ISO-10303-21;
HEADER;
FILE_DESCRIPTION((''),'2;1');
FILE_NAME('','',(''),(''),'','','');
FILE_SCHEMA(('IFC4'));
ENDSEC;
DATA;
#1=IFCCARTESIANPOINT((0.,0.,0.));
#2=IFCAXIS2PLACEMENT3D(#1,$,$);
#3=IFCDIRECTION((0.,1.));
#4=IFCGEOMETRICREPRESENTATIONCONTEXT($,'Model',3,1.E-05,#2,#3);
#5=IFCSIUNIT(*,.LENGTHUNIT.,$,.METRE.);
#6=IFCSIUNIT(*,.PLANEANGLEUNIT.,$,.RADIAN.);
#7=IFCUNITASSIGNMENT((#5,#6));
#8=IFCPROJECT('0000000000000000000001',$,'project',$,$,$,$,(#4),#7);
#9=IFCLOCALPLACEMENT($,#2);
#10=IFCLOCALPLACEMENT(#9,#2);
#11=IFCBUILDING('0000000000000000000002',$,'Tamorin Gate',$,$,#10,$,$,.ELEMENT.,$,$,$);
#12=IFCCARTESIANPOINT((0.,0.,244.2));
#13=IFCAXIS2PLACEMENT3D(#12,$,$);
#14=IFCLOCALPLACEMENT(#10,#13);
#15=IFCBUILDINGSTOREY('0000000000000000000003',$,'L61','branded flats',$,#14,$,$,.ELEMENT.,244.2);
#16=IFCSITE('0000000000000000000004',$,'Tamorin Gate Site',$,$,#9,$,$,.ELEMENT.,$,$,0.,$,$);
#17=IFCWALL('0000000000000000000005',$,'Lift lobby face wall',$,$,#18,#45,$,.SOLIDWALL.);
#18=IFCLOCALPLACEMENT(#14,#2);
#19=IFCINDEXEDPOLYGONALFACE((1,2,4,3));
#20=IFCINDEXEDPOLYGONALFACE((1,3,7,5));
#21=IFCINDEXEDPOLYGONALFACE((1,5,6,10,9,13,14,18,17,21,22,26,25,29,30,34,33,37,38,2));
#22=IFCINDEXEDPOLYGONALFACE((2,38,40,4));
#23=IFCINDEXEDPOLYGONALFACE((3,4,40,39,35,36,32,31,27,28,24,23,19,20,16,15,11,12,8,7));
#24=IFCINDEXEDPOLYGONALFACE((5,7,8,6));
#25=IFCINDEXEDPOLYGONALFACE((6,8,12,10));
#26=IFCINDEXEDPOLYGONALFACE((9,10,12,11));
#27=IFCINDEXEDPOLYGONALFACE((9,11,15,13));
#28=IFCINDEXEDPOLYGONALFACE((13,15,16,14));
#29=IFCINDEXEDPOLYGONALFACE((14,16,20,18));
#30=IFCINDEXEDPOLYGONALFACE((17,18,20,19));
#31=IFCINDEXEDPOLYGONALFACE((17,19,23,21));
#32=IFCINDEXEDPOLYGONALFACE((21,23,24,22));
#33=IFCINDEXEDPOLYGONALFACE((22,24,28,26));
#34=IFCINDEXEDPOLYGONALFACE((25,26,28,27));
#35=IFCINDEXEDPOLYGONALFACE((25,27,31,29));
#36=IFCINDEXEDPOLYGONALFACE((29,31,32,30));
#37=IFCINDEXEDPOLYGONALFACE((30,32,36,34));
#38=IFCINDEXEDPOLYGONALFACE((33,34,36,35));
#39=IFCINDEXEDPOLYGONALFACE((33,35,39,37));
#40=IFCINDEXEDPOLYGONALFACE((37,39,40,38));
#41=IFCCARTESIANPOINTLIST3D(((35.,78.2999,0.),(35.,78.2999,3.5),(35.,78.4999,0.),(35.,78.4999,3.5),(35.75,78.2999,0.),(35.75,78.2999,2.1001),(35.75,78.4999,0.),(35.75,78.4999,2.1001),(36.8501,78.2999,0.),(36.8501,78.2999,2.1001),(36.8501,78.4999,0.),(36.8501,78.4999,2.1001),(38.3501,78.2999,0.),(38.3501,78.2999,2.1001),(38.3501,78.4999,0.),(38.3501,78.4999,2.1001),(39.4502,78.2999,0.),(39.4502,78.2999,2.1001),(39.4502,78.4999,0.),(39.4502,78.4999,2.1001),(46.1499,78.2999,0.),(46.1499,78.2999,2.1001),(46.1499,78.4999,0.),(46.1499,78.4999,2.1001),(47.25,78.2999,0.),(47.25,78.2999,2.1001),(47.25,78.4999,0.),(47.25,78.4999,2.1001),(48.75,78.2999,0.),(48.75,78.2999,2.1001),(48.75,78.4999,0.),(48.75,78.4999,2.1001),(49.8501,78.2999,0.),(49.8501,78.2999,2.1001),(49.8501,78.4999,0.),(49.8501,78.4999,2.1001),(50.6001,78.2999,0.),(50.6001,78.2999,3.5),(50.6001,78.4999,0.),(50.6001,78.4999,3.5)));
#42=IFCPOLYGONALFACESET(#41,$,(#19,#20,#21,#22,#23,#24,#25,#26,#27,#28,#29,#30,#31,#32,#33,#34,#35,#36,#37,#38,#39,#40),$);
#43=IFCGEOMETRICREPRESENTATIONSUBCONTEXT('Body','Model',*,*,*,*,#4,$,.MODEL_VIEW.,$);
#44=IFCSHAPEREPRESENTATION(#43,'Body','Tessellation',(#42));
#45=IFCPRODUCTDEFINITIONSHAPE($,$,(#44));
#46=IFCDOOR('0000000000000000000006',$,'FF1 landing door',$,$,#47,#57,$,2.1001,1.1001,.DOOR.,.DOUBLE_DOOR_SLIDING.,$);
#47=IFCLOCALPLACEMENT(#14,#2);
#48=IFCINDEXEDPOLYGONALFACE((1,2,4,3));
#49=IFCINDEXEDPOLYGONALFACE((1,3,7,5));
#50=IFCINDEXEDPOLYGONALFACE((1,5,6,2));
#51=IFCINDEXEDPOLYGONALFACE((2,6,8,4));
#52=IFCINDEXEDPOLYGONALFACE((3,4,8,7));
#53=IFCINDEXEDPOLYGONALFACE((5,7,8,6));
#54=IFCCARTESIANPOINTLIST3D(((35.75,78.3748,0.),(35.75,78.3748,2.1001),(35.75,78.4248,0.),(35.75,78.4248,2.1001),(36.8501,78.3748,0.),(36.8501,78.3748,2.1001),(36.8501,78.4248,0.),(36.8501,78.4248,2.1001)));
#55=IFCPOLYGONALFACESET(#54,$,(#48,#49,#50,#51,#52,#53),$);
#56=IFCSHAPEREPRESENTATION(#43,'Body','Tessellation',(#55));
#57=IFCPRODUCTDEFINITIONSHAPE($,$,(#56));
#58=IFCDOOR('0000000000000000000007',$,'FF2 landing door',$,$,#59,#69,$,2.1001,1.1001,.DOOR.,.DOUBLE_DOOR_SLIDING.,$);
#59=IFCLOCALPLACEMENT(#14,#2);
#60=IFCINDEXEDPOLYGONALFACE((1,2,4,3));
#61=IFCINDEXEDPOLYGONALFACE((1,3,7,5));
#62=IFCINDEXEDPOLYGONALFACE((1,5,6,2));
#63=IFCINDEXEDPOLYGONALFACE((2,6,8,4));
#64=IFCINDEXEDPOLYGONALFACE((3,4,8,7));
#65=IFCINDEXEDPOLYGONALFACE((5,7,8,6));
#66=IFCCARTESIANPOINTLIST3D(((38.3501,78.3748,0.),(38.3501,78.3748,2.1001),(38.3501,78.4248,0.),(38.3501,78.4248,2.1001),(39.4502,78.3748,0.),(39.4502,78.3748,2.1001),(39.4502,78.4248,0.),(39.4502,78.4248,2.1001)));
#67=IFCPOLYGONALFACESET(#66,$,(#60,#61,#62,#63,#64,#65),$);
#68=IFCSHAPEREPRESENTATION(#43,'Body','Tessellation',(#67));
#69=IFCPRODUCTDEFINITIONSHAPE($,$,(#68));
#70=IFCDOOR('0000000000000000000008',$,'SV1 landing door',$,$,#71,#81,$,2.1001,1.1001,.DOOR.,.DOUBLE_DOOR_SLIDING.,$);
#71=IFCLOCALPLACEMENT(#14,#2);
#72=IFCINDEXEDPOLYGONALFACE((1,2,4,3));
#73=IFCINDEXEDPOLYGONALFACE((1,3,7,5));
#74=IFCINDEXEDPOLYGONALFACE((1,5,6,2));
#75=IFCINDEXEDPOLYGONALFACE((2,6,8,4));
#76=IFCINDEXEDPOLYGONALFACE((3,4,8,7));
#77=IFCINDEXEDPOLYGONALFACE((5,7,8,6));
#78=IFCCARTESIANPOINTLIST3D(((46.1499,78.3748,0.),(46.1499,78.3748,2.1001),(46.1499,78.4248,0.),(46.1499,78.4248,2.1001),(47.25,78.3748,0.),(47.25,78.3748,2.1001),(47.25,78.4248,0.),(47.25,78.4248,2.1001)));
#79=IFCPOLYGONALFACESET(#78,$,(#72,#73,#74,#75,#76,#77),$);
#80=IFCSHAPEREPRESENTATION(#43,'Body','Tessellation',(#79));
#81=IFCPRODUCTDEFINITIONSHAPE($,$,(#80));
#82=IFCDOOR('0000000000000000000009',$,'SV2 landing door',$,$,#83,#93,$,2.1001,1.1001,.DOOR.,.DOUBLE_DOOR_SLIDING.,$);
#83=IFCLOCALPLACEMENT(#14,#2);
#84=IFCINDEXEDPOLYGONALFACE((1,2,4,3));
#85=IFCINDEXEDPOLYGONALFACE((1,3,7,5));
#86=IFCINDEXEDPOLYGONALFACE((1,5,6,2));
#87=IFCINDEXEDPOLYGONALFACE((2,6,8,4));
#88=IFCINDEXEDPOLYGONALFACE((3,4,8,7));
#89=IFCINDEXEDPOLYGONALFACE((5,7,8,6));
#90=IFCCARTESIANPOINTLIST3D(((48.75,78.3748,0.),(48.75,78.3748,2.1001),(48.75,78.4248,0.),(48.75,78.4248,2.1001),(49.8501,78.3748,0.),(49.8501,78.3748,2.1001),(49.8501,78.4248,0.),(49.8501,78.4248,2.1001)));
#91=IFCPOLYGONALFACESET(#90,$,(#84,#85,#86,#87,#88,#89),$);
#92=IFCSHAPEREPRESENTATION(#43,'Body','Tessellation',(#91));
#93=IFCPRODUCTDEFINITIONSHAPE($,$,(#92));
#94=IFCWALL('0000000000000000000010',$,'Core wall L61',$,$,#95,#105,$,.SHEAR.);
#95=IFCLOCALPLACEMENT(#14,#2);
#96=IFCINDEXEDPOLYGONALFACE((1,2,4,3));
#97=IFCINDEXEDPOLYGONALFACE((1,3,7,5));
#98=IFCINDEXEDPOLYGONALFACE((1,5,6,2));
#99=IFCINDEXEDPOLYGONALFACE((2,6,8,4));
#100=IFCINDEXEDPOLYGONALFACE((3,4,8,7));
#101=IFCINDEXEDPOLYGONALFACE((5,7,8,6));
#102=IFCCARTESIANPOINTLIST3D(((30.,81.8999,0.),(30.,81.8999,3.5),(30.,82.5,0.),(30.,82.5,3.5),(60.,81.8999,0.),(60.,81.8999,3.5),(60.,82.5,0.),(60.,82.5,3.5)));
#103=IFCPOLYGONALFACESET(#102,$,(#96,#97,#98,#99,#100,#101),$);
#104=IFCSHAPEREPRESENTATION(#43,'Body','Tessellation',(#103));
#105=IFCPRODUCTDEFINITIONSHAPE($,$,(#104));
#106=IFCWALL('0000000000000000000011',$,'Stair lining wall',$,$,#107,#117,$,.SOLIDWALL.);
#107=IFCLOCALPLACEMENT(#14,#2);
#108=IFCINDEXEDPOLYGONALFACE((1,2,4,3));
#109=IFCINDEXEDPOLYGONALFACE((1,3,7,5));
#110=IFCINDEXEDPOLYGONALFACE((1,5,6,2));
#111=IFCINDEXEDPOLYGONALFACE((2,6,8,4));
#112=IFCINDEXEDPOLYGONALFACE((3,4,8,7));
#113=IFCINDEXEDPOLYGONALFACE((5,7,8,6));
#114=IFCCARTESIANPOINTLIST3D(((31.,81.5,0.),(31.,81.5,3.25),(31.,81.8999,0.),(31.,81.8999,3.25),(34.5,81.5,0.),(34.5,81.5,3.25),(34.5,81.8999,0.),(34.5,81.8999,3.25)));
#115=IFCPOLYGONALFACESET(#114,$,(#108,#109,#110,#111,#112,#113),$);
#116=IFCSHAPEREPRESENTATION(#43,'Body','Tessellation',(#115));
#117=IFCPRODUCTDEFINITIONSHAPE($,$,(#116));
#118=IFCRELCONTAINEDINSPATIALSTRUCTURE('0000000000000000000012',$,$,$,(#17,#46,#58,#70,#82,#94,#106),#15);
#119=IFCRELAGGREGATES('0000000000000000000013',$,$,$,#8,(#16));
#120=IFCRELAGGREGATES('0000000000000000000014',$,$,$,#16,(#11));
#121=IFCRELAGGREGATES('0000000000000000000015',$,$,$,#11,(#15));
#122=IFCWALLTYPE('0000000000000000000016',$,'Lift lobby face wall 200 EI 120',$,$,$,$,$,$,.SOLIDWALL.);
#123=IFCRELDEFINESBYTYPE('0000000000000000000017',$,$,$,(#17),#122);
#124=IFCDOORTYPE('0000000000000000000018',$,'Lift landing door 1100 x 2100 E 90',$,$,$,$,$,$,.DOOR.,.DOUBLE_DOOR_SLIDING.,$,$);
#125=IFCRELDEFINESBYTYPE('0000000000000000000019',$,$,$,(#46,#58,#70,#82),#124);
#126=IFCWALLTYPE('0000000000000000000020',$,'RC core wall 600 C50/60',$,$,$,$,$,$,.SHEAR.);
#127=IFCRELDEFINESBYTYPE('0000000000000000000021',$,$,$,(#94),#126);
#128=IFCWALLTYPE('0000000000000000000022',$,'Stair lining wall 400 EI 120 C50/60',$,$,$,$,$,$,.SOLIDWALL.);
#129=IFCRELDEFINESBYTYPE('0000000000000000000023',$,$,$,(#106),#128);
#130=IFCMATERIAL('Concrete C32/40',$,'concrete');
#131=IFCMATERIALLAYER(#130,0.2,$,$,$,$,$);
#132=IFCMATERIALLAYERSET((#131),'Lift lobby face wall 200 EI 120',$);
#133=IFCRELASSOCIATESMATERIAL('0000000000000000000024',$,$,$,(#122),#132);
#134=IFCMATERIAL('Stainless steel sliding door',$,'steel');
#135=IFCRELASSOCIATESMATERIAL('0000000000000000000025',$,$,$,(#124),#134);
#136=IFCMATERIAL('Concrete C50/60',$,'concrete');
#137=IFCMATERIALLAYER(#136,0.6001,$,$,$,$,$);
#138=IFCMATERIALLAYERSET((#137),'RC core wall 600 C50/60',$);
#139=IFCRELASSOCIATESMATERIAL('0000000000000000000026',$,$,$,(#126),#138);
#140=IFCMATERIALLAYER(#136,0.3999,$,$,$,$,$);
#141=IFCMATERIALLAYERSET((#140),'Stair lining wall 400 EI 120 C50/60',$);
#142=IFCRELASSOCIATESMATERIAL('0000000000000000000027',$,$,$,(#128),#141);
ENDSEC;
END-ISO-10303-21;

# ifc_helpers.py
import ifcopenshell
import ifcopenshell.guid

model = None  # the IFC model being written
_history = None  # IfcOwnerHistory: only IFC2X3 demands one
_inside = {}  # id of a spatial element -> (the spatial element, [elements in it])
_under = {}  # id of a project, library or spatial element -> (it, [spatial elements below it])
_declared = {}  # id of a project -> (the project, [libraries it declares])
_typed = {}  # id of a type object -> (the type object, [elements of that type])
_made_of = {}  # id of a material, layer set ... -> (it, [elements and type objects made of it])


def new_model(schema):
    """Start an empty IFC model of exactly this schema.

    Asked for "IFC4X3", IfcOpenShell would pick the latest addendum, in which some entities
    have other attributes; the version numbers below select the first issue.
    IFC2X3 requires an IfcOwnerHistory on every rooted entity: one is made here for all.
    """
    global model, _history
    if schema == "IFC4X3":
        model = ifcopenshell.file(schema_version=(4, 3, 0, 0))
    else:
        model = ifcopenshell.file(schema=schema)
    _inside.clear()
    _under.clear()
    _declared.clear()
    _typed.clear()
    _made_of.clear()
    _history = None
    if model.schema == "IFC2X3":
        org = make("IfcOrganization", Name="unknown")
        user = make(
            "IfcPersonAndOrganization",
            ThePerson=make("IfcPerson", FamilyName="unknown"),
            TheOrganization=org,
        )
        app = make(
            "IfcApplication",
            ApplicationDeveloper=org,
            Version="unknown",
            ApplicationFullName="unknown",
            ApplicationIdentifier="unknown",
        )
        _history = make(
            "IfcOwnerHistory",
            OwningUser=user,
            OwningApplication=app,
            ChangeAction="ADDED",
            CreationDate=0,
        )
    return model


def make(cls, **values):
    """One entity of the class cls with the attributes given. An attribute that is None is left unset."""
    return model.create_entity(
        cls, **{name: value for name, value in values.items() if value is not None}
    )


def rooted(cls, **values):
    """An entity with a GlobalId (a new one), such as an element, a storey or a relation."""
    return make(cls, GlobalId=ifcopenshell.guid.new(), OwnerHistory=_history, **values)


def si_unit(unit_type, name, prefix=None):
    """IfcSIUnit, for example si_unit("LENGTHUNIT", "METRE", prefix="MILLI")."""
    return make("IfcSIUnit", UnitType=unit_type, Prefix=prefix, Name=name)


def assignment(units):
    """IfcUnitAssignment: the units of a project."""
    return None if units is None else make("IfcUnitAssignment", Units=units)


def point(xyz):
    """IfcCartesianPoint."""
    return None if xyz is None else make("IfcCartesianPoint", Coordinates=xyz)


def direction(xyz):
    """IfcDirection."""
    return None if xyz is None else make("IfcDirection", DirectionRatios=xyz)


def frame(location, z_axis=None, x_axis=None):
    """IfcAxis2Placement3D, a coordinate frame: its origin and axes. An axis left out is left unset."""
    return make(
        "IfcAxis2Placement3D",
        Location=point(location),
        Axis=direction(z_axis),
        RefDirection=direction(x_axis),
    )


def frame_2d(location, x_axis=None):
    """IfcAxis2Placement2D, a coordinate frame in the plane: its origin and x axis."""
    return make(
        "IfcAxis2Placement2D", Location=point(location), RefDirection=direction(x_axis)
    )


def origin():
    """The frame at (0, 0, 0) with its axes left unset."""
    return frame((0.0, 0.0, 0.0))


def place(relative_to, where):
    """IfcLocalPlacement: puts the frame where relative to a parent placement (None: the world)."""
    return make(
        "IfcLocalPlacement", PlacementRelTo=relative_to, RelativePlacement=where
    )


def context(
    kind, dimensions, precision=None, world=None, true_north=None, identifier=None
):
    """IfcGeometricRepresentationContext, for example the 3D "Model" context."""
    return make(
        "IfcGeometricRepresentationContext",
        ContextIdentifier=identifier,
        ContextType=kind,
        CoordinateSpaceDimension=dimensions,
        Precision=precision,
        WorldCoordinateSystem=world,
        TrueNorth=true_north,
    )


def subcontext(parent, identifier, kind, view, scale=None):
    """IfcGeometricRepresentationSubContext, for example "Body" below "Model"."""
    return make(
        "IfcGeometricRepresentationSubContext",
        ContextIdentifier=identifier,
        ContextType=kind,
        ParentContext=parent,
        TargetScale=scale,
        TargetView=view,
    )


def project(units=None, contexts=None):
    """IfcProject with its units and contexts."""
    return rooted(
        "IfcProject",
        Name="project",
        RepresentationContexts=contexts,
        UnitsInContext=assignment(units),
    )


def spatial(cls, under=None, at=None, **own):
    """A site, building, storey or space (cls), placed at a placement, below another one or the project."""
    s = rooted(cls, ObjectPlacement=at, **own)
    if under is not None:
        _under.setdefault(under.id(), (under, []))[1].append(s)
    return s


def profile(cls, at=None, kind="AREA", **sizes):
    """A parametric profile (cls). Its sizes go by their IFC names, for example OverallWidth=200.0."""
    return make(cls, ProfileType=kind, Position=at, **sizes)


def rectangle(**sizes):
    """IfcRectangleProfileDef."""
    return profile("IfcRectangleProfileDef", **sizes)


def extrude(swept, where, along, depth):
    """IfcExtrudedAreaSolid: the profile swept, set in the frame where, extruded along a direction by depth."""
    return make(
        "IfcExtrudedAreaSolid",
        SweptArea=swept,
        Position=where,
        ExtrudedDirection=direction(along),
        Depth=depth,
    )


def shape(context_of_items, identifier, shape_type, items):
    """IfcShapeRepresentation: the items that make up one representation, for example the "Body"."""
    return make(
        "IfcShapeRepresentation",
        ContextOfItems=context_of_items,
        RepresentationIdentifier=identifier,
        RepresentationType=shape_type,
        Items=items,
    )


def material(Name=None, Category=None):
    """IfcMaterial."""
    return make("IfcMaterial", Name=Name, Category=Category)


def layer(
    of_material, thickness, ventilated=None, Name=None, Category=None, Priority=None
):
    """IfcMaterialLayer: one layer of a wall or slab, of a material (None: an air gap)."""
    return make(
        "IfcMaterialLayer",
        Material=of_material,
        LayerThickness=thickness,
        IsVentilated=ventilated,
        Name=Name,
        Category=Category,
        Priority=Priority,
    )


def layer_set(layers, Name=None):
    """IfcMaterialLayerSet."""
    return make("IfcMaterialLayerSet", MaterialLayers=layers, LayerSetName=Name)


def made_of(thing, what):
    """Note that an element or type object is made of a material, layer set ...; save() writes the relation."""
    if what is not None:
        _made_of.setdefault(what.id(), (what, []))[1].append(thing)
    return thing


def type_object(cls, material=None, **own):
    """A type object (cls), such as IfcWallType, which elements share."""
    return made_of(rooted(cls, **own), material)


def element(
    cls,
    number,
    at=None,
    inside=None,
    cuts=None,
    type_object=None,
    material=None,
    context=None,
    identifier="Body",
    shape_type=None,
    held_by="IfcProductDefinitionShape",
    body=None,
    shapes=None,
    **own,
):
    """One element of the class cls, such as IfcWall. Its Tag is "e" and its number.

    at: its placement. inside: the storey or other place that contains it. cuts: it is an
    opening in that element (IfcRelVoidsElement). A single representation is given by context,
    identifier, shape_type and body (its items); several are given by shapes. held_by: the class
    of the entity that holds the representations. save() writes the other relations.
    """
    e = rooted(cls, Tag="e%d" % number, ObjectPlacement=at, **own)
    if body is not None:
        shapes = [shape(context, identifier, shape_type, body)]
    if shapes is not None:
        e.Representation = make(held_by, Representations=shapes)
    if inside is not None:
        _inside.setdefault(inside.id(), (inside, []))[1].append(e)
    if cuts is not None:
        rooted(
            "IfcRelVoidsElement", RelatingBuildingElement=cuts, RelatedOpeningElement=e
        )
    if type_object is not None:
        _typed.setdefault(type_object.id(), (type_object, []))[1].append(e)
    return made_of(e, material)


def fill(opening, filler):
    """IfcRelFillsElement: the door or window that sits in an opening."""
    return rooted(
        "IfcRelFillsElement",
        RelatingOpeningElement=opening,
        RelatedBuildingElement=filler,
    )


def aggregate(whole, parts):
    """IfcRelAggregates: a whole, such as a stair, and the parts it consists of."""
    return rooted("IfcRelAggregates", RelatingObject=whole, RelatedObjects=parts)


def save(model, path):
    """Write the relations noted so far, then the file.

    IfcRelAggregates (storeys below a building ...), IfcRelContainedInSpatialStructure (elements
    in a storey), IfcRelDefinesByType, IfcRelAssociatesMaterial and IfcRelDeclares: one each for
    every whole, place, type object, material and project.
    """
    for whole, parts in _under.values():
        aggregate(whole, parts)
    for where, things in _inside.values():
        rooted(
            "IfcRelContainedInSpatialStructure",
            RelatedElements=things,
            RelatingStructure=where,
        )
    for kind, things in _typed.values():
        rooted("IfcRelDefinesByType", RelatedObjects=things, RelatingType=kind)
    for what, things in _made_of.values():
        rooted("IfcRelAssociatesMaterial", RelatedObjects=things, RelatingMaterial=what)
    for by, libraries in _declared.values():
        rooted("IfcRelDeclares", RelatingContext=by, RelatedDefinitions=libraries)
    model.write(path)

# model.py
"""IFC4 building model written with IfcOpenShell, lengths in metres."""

from ifc_helpers import new_model, si_unit, direction, frame, frame_2d, origin, place, context, subcontext, project, spatial, rectangle, extrude, material, layer, layer_set, type_object, element, fill, save


model = new_model("IFC4")

# Units and contexts
model_context = context("Model", 3, precision=1e-05, world=origin(), true_north=direction((0.0, 1.0)))
body_context = subcontext(model_context, "Body", "Model", "MODEL_VIEW")
ifc_project = project(units=[si_unit("LENGTHUNIT", "METRE"), si_unit("PLANEANGLEUNIT", "RADIAN")], contexts=[model_context])

# Site, building, storey
site_placement = place(None, origin())
site = spatial("IfcSite", under=ifc_project, at=site_placement, Name="Tamorin Gate Site", CompositionType="ELEMENT", RefElevation=0.0)
building_placement = place(site_placement, origin())
building = spatial("IfcBuilding", under=site, at=building_placement, Name="Tamorin Gate", CompositionType="ELEMENT")
storey_placement = place(building_placement, frame((0.0, 0.0, 244.2)))
storey = spatial("IfcBuildingStorey", under=building, at=storey_placement, Name="L61", Description="branded flats", CompositionType="ELEMENT", Elevation=244.2)

# Wall, openings, doors
ifc_material_1 = material(Name="Concrete C32/40", Category="concrete")
ifc_layer_1 = layer(ifc_material_1, 0.2)
ifc_layer_set_1 = layer_set([ifc_layer_1], Name="Lift lobby face wall 200 EI 120")
wall_type_1 = type_object("IfcWallType", Name="Lift lobby face wall 200 EI 120", PredefinedType="SOLIDWALL", material=ifc_layer_set_1)
wall_1_placement = place(storey_placement, frame((35.0, 78.3999, 0.0), z_axis=(0.0, 0.0, 1.0), x_axis=(1.0, 0.0, 0.0)))
wall_1 = element("IfcWall", 1, at=wall_1_placement, inside=storey, type_object=wall_type_1, Name="Lift lobby face wall", PredefinedType="SOLIDWALL", context=body_context, shape_type="SweptSolid", body=[
    extrude(rectangle(XDim=15.6001, YDim=0.2, at=frame_2d((7.8, 0.0))), origin(), (0.0, 0.0, 1.0), 3.5),
])
opening_1_placement = place(wall_1_placement, frame((0.75, 0.0, 0.0)))
opening_1 = element("IfcOpeningElement", 2, at=opening_1_placement, cuts=wall_1, PredefinedType="OPENING", context=body_context, shape_type="SweptSolid", body=[
    extrude(rectangle(XDim=1.1001, YDim=2.1001, at=frame_2d((0.55, 1.05))), frame((0.0, 0.1099, 0.0), z_axis=(0.0, -1.0, 0.0), x_axis=(1.0, 0.0, 0.0)), (0.0, 0.0, 1.0), 0.22),
])
opening_2_placement = place(wall_1_placement, frame((3.3501, 0.0, 0.0)))
opening_2 = element("IfcOpeningElement", 3, at=opening_2_placement, cuts=wall_1, PredefinedType="OPENING", context=body_context, shape_type="SweptSolid", body=[
    extrude(rectangle(XDim=1.1001, YDim=2.1001, at=frame_2d((0.55, 1.05))), frame((0.0, 0.1099, 0.0), z_axis=(0.0, -1.0, 0.0), x_axis=(1.0, 0.0, 0.0)), (0.0, 0.0, 1.0), 0.22),
])
opening_3_placement = place(wall_1_placement, frame((11.1499, 0.0, 0.0)))
opening_3 = element("IfcOpeningElement", 4, at=opening_3_placement, cuts=wall_1, PredefinedType="OPENING", context=body_context, shape_type="SweptSolid", body=[
    extrude(rectangle(XDim=1.1001, YDim=2.1001, at=frame_2d((0.55, 1.05))), frame((0.0, 0.1099, 0.0), z_axis=(0.0, -1.0, 0.0), x_axis=(1.0, 0.0, 0.0)), (0.0, 0.0, 1.0), 0.22),
])
opening_4_placement = place(wall_1_placement, frame((13.75, 0.0, 0.0)))
opening_4 = element("IfcOpeningElement", 5, at=opening_4_placement, cuts=wall_1, PredefinedType="OPENING", context=body_context, shape_type="SweptSolid", body=[
    extrude(rectangle(XDim=1.1001, YDim=2.1001, at=frame_2d((0.55, 1.05))), frame((0.0, 0.1099, 0.0), z_axis=(0.0, -1.0, 0.0), x_axis=(1.0, 0.0, 0.0)), (0.0, 0.0, 1.0), 0.22),
])
ifc_material_2 = material(Name="Stainless steel sliding door", Category="steel")
door_type_1 = type_object("IfcDoorType", Name="Lift landing door 1100 x 2100 E 90", OperationType="DOUBLE_DOOR_SLIDING", PredefinedType="DOOR", material=ifc_material_2)
door_1_placement = place(opening_1_placement, origin())
door_1 = element("IfcDoor", 6, at=door_1_placement, inside=storey, type_object=door_type_1, Name="FF1 landing door", OperationType="DOUBLE_DOOR_SLIDING", OverallHeight=2.1001, OverallWidth=1.1001, PredefinedType="DOOR", context=body_context, shape_type="SweptSolid", body=[
    extrude(rectangle(XDim=1.1001, YDim=2.1001, at=frame_2d((0.55, 1.05))), frame((0.0, 0.0249, 0.0), z_axis=(0.0, -1.0, 0.0), x_axis=(1.0, 0.0, 0.0)), (0.0, 0.0, 1.0), 0.05),
])
fill(opening_1, door_1)
door_2_placement = place(opening_2_placement, origin())
door_2 = element("IfcDoor", 7, at=door_2_placement, inside=storey, type_object=door_type_1, Name="FF2 landing door", OperationType="DOUBLE_DOOR_SLIDING", OverallHeight=2.1001, OverallWidth=1.1001, PredefinedType="DOOR", context=body_context, shape_type="SweptSolid", body=[
    extrude(rectangle(XDim=1.1001, YDim=2.1001, at=frame_2d((0.55, 1.05))), frame((0.0, 0.0249, 0.0), z_axis=(0.0, -1.0, 0.0), x_axis=(1.0, 0.0, 0.0)), (0.0, 0.0, 1.0), 0.05),
])
fill(opening_2, door_2)
door_3_placement = place(opening_3_placement, origin())
door_3 = element("IfcDoor", 8, at=door_3_placement, inside=storey, type_object=door_type_1, Name="SV1 landing door", OperationType="DOUBLE_DOOR_SLIDING", OverallHeight=2.1001, OverallWidth=1.1001, PredefinedType="DOOR", context=body_context, shape_type="SweptSolid", body=[
    extrude(rectangle(XDim=1.1001, YDim=2.1001, at=frame_2d((0.55, 1.05))), frame((0.0, 0.0249, 0.0), z_axis=(0.0, -1.0, 0.0), x_axis=(1.0, 0.0, 0.0)), (0.0, 0.0, 1.0), 0.05),
])
fill(opening_3, door_3)
door_4_placement = place(opening_4_placement, origin())
door_4 = element("IfcDoor", 9, at=door_4_placement, inside=storey, type_object=door_type_1, Name="SV2 landing door", OperationType="DOUBLE_DOOR_SLIDING", OverallHeight=2.1001, OverallWidth=1.1001, PredefinedType="DOOR", context=body_context, shape_type="SweptSolid", body=[
    extrude(rectangle(XDim=1.1001, YDim=2.1001, at=frame_2d((0.55, 1.05))), frame((0.0, 0.0249, 0.0), z_axis=(0.0, -1.0, 0.0), x_axis=(1.0, 0.0, 0.0)), (0.0, 0.0, 1.0), 0.05),
])
fill(opening_4, door_4)

# Walls
ifc_material_3 = material(Name="Concrete C50/60", Category="concrete")
ifc_layer_2 = layer(ifc_material_3, 0.6001)
ifc_layer_set_2 = layer_set([ifc_layer_2], Name="RC core wall 600 C50/60")
wall_type_2 = type_object("IfcWallType", Name="RC core wall 600 C50/60", PredefinedType="SHEAR", material=ifc_layer_set_2)
wall_2_placement = place(storey_placement, frame((30.0, 82.2, 0.0), z_axis=(0.0, 0.0, 1.0), x_axis=(1.0, 0.0, 0.0)))
element("IfcWall", 10, at=wall_2_placement, inside=storey, type_object=wall_type_2, Name="Core wall L61", PredefinedType="SHEAR", context=body_context, shape_type="SweptSolid", body=[
    extrude(rectangle(XDim=30.0, YDim=0.6001, at=frame_2d((15.0, 0.0))), origin(), (0.0, 0.0, 1.0), 3.5),
])
ifc_layer_3 = layer(ifc_material_3, 0.3999)
ifc_layer_set_3 = layer_set([ifc_layer_3], Name="Stair lining wall 400 EI 120 C50/60")
wall_type_3 = type_object("IfcWallType", Name="Stair lining wall 400 EI 120 C50/60", PredefinedType="SOLIDWALL", material=ifc_layer_set_3)
wall_3_placement = place(storey_placement, frame((31.0, 81.7, 0.0), z_axis=(0.0, 0.0, 1.0), x_axis=(1.0, 0.0, 0.0)))
element("IfcWall", 11, at=wall_3_placement, inside=storey, type_object=wall_type_3, Name="Stair lining wall", PredefinedType="SOLIDWALL", context=body_context, shape_type="SweptSolid", body=[
    extrude(rectangle(XDim=3.5, YDim=0.3999, at=frame_2d((1.75, 0.0))), origin(), (0.0, 0.0, 1.0), 3.25),
])

save(model, "model.ifc")
